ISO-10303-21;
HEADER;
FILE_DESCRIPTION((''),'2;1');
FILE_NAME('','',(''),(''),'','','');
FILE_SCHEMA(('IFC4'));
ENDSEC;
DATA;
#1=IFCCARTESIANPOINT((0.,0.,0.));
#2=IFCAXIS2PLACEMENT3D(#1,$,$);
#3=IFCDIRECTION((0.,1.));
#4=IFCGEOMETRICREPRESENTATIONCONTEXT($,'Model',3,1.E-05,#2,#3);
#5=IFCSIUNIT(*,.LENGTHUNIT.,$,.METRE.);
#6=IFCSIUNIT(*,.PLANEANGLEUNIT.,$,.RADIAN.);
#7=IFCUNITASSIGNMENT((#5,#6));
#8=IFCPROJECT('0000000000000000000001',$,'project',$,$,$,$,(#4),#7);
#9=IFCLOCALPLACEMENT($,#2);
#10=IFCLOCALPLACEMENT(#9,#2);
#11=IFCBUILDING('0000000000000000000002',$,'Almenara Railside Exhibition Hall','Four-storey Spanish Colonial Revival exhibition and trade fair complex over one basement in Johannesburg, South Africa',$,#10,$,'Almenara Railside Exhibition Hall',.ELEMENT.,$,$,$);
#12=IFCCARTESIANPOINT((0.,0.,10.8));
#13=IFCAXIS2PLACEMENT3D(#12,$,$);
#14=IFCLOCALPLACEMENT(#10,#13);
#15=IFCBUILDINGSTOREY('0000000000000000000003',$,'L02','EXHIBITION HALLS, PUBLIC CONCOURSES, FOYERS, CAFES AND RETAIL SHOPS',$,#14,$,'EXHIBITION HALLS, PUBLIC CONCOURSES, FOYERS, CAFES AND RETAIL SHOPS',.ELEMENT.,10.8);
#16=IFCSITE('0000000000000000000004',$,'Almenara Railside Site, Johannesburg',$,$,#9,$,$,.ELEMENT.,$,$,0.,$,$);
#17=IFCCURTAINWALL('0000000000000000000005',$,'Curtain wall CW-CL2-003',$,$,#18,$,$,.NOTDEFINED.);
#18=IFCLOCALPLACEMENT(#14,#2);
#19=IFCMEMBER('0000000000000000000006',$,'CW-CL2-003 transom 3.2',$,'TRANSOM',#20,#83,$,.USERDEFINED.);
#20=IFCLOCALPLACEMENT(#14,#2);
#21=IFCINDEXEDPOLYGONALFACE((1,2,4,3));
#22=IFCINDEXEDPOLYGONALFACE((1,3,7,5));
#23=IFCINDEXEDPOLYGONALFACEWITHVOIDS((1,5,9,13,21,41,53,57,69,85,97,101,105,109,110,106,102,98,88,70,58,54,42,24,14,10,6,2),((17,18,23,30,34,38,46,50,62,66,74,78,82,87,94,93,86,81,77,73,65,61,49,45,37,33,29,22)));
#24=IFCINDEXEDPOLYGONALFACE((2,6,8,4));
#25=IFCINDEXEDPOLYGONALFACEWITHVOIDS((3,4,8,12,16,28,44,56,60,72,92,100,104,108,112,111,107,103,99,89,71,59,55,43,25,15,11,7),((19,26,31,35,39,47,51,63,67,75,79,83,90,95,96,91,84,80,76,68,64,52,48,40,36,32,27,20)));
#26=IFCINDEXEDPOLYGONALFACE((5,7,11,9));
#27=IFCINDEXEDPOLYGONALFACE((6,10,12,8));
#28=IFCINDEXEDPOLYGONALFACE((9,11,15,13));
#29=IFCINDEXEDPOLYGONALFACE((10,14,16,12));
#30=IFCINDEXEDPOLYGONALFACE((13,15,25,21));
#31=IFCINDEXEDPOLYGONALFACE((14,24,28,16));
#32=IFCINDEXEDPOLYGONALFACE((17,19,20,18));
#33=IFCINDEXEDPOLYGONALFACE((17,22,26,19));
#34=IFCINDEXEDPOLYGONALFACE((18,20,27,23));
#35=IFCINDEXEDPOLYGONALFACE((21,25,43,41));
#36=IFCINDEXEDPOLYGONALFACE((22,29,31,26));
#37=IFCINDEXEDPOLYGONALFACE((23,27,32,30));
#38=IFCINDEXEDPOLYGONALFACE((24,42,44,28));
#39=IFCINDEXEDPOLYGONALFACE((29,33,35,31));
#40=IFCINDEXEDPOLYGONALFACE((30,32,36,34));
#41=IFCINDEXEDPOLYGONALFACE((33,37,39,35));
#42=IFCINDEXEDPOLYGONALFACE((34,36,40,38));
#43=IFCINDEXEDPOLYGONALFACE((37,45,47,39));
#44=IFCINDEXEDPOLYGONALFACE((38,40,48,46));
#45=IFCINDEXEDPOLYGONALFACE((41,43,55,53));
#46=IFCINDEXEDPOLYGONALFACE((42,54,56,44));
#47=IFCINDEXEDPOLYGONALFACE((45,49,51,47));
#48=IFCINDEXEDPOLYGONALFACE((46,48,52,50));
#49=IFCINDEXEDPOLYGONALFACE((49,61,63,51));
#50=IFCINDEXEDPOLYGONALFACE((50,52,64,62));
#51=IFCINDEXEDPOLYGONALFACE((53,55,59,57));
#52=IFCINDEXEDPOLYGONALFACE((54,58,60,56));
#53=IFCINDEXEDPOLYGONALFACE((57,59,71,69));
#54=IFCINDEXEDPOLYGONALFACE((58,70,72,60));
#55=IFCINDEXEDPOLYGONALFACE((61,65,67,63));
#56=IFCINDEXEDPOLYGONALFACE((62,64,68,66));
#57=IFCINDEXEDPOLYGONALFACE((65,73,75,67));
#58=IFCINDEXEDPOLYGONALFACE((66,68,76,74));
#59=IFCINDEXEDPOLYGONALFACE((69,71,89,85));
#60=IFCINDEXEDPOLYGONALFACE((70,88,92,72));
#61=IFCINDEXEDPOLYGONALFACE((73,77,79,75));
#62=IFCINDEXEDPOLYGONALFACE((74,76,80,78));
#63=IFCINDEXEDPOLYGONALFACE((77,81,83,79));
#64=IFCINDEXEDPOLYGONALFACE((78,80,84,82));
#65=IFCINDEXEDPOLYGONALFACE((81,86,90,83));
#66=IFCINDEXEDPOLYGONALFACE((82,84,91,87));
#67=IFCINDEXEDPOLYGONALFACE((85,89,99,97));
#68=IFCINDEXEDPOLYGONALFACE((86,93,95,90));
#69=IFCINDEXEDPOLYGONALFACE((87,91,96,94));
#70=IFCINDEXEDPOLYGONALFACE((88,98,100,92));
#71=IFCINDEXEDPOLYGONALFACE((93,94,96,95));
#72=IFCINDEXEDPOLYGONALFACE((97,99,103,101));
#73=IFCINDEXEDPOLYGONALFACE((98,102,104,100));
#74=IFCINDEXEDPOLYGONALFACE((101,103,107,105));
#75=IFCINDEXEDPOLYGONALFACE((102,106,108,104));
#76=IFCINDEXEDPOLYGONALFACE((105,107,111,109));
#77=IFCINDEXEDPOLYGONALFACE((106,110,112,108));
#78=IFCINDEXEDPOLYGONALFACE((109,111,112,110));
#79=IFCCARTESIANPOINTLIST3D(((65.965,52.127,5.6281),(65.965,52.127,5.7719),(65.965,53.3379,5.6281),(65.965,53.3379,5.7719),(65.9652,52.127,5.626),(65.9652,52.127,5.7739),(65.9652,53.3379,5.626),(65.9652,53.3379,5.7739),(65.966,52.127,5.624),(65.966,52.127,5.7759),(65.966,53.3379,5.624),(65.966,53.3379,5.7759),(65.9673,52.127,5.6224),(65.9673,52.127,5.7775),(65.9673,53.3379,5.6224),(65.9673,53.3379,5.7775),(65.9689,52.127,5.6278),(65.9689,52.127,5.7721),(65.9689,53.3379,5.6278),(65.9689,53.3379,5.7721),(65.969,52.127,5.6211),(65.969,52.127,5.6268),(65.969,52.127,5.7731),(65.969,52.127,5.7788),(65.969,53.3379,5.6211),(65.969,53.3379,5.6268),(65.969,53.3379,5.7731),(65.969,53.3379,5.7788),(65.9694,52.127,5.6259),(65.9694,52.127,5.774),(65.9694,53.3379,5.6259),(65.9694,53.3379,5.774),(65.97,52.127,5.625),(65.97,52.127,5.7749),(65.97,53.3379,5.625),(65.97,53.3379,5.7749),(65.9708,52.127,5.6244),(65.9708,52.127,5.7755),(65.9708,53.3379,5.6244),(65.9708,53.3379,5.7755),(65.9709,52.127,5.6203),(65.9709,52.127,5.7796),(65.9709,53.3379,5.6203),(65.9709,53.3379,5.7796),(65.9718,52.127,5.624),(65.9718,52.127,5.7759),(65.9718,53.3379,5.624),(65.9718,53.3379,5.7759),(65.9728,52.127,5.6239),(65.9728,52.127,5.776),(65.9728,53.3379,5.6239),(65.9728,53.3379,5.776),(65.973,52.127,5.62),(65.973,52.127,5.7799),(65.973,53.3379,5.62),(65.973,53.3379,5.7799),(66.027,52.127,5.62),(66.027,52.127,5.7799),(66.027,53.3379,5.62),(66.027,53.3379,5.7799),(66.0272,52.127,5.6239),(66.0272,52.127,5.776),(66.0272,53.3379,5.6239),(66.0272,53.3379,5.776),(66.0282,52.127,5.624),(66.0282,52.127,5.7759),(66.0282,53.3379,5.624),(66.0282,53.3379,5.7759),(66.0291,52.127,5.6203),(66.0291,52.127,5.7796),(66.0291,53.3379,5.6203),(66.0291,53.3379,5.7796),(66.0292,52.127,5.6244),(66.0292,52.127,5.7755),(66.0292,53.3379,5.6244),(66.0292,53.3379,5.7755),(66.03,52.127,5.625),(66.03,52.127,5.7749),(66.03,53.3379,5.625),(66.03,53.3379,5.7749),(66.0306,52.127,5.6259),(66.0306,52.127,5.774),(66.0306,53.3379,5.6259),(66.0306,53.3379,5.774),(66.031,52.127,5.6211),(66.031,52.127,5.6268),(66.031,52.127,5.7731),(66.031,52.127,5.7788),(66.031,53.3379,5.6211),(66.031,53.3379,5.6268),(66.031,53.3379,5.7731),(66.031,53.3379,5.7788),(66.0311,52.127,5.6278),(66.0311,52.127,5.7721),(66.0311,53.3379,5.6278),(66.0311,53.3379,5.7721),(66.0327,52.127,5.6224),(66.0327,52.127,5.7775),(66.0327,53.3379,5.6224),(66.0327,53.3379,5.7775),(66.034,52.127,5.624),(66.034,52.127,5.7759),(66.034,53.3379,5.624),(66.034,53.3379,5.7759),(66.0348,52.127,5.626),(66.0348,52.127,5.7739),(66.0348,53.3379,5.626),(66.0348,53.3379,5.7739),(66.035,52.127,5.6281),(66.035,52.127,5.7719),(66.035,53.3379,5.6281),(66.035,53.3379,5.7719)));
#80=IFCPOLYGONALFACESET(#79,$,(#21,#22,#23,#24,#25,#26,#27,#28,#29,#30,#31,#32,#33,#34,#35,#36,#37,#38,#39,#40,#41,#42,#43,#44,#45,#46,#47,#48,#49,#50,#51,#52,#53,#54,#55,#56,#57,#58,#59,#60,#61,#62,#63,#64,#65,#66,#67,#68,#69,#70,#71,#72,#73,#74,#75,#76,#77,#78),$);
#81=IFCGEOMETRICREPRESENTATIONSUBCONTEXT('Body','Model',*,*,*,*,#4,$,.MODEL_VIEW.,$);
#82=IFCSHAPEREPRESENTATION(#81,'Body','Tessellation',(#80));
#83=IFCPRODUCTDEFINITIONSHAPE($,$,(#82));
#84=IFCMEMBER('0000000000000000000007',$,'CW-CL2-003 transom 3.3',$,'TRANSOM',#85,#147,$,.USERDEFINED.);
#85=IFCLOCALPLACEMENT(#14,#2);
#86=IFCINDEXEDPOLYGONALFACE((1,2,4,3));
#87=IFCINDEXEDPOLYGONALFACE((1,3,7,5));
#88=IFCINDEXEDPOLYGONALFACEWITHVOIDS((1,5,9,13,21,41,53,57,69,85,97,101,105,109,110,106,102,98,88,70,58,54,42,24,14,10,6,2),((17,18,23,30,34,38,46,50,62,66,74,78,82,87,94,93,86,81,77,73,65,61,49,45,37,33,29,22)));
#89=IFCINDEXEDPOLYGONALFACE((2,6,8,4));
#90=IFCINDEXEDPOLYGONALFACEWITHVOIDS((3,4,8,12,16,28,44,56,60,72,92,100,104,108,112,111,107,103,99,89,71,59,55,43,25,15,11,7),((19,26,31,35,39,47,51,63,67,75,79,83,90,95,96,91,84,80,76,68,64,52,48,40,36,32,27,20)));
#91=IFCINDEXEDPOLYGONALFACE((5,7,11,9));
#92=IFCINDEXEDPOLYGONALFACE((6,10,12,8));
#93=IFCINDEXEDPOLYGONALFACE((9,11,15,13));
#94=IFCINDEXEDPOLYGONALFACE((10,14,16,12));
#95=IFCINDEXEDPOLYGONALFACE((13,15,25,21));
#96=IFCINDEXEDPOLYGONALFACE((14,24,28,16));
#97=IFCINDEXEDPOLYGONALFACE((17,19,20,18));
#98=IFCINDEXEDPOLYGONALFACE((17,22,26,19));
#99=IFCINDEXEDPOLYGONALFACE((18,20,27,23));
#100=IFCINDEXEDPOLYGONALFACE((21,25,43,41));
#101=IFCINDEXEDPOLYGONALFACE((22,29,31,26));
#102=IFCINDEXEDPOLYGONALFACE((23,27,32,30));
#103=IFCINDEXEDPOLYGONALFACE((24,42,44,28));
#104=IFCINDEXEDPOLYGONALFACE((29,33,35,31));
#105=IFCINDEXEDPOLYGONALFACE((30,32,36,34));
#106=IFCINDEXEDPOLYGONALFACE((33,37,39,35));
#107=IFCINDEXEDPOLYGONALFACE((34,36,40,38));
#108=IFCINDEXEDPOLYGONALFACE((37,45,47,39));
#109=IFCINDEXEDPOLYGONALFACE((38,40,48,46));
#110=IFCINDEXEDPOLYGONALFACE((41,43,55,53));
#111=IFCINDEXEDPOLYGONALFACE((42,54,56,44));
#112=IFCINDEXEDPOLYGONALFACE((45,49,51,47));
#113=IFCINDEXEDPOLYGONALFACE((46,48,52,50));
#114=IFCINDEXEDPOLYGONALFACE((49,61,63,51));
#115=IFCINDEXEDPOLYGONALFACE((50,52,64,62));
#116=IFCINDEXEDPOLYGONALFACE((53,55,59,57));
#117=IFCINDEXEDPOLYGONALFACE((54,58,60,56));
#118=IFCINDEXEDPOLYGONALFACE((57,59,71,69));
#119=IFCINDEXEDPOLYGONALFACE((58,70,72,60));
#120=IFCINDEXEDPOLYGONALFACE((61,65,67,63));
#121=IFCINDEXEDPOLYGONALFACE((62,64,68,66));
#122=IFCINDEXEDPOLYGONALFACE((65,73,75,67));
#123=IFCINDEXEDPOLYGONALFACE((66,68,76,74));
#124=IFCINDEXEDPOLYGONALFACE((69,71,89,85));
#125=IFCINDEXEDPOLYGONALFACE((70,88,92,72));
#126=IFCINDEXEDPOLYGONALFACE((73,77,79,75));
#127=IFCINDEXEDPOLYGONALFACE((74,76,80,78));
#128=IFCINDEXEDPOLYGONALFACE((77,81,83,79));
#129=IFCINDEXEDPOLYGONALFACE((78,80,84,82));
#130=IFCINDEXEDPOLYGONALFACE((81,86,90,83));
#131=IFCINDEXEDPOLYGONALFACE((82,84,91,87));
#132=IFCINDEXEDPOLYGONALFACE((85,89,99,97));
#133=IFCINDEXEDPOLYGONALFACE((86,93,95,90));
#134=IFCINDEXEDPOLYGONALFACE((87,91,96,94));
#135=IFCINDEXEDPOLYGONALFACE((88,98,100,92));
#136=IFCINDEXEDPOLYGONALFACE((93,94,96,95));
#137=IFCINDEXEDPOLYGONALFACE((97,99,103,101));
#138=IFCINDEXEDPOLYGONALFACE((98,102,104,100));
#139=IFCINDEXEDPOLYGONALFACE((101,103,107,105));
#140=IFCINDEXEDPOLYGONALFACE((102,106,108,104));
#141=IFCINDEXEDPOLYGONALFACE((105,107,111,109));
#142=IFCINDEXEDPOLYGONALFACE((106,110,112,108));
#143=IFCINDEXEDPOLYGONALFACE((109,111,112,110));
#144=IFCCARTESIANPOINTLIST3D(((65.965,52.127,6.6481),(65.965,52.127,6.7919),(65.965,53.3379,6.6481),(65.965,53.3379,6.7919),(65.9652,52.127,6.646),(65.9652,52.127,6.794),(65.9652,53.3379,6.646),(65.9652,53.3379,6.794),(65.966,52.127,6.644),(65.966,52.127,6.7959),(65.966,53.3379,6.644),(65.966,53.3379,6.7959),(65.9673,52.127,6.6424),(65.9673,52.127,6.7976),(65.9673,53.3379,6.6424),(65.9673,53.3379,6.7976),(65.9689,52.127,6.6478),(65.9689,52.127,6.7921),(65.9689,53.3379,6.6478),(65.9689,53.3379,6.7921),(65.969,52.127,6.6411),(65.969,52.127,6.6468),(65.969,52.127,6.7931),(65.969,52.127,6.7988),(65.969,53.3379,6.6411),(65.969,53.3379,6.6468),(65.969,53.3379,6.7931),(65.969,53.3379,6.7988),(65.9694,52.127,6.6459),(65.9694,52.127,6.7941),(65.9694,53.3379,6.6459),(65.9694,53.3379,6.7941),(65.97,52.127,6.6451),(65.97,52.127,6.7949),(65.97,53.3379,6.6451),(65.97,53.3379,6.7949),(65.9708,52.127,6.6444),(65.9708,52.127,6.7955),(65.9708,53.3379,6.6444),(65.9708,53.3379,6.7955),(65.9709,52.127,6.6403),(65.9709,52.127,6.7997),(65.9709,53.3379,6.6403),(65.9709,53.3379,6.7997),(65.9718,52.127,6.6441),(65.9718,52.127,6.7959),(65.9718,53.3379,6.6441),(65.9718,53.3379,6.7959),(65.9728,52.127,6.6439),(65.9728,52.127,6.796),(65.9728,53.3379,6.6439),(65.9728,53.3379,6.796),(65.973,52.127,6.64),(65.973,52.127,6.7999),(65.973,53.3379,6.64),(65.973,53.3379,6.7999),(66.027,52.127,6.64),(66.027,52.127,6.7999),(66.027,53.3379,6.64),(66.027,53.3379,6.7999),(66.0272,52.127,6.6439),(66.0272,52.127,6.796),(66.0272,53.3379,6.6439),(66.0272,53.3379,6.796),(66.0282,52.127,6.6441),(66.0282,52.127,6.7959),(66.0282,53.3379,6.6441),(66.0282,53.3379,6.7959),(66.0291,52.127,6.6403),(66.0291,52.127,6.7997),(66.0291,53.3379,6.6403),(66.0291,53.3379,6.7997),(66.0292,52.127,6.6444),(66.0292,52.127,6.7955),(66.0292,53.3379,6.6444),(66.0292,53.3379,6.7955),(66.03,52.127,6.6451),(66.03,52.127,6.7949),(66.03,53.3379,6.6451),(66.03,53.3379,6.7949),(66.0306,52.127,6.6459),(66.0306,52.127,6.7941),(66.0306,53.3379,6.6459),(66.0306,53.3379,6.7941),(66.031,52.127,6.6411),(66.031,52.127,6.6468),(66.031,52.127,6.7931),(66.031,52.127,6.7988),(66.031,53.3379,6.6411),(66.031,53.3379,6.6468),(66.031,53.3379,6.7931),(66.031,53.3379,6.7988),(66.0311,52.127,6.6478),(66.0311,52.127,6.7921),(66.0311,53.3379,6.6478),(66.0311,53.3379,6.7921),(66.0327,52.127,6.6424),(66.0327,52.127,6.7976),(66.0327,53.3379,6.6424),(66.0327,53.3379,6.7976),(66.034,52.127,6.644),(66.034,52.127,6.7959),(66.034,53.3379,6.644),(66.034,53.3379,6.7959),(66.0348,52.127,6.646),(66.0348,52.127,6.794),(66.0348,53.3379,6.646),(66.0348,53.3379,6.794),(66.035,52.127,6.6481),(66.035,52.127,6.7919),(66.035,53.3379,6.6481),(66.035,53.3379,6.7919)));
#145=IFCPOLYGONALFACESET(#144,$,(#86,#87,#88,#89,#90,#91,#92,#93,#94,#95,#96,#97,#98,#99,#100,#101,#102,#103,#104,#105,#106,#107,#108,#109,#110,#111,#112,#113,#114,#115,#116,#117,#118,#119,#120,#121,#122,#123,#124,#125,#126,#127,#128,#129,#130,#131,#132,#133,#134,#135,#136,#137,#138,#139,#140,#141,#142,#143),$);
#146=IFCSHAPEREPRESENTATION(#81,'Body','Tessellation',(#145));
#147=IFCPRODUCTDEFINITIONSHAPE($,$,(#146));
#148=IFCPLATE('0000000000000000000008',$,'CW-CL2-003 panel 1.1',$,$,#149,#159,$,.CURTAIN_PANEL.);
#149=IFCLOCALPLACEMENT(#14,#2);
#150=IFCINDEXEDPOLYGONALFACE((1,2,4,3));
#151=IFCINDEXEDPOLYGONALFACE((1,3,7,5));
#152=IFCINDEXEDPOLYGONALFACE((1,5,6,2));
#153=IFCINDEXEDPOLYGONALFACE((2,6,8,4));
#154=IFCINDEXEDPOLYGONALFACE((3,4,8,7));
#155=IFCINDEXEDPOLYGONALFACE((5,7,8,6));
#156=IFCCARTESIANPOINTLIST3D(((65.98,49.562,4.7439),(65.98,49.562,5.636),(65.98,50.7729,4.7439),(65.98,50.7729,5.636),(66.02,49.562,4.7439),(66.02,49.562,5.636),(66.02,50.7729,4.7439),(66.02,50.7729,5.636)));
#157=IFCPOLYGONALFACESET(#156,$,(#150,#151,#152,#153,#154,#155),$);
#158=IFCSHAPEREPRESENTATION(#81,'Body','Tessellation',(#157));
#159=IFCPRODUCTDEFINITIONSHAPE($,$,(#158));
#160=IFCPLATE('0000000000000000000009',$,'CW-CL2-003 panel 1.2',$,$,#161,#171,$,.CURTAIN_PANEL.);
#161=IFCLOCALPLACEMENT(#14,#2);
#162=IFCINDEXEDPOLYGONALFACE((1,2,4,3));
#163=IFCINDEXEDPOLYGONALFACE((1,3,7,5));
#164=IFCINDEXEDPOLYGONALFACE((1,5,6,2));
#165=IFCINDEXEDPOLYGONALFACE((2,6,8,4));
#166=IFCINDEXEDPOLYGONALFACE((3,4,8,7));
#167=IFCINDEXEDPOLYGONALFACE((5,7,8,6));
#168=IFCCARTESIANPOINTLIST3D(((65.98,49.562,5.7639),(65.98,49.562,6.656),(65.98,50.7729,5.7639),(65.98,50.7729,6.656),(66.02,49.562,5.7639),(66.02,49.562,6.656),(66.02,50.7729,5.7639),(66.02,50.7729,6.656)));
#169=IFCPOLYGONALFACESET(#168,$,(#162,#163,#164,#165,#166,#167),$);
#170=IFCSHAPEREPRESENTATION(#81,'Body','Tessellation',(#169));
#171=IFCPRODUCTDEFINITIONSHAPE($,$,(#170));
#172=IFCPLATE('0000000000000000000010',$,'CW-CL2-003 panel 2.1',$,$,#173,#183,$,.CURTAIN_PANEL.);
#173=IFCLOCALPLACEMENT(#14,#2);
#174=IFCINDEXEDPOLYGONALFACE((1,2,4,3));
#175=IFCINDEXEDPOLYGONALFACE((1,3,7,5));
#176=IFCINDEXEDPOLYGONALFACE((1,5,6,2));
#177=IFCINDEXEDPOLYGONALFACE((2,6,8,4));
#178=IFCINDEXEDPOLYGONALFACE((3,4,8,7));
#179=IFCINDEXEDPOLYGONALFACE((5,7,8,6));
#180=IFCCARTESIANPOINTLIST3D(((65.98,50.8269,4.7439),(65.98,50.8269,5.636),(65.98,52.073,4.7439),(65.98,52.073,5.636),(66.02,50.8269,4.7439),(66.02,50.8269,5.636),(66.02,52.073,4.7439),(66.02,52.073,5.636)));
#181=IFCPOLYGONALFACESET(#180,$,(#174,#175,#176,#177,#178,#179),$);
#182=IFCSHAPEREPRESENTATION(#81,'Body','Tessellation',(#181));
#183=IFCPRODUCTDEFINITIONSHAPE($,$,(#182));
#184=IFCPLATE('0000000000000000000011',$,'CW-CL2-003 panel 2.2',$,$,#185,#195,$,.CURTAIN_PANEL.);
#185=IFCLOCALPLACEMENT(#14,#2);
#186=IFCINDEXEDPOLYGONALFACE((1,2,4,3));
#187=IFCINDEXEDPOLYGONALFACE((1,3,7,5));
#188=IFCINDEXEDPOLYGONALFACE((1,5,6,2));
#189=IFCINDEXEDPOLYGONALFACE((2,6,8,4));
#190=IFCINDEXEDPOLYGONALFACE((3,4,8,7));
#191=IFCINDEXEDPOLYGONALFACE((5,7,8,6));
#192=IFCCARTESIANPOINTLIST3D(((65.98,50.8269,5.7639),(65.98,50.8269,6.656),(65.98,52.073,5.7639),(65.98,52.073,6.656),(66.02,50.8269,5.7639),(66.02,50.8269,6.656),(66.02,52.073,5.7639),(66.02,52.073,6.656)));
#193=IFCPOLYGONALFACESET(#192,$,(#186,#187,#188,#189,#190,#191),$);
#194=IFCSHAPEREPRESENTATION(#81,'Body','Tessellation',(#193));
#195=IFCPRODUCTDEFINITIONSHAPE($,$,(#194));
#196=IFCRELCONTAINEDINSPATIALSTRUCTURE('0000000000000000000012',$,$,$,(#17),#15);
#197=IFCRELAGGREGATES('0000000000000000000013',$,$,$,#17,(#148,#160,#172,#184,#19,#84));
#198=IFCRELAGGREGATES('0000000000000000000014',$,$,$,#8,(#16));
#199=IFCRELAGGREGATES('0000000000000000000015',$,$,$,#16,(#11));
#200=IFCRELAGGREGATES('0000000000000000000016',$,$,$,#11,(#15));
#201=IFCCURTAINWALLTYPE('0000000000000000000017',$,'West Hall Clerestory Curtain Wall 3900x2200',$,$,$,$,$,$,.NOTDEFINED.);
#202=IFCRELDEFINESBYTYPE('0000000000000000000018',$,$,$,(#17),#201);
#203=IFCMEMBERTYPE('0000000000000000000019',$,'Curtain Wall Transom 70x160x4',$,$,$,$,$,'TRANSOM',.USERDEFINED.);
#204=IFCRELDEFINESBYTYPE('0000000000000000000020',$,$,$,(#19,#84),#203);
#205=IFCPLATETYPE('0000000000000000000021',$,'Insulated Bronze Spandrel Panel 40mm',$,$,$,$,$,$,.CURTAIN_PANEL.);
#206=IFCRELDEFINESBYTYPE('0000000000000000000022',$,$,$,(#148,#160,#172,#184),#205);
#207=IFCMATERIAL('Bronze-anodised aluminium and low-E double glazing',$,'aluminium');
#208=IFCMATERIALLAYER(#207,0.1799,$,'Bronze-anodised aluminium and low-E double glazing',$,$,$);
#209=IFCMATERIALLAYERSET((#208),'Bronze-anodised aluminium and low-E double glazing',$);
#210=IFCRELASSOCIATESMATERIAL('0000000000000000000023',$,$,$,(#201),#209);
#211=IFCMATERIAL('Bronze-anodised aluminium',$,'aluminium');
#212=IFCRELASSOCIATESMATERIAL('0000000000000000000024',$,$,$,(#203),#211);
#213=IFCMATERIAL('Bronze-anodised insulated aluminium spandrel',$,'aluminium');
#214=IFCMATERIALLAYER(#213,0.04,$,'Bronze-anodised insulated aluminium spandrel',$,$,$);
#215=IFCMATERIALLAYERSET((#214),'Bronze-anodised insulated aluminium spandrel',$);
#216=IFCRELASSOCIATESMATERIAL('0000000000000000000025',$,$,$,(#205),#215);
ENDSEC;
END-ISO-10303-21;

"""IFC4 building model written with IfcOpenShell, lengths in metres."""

from ifc_helpers import new_model, si_unit, direction, frame, origin, origin_2d, place, context, subcontext, project, spatial, rectangle, hollow_rectangle, extrude, material, layer, layer_set, material_profile, profile_set, type_object, element, aggregate, save


model = new_model("IFC4")

# Units and contexts
model_context = context("Model", 3, precision=1e-05, world=origin(), true_north=direction((0.0, 1.0)))
body_context = subcontext(model_context, "Body", "Model", "MODEL_VIEW")
ifc_project = project(units=[si_unit("LENGTHUNIT", "METRE"), si_unit("PLANEANGLEUNIT", "RADIAN")], contexts=[model_context])

# Site, building, storey
site_placement = place(None, origin())
site = spatial("IfcSite", under=ifc_project, at=site_placement, Name="Almenara Railside Site, Johannesburg", CompositionType="ELEMENT", RefElevation=0.0)
building_placement = place(site_placement, origin())
building = spatial("IfcBuilding", under=site, at=building_placement, Name="Almenara Railside Exhibition Hall", Description="Four-storey Spanish Colonial Revival exhibition and trade fair complex over one basement in Johannesburg, South Africa", LongName="Almenara Railside Exhibition Hall", CompositionType="ELEMENT")
storey_placement = place(building_placement, frame((0.0, 0.0, 10.8)))
storey = spatial("IfcBuildingStorey", under=building, at=storey_placement, Name="L02", Description="EXHIBITION HALLS, PUBLIC CONCOURSES, FOYERS, CAFES AND RETAIL SHOPS", LongName="EXHIBITION HALLS, PUBLIC CONCOURSES, FOYERS, CAFES AND RETAIL SHOPS", CompositionType="ELEMENT", Elevation=10.8)

# Curtain wall, members, plates
ifc_material_1 = material(Name="Bronze-anodised aluminium and low-E double glazing", Category="aluminium")
ifc_layer_1 = layer(ifc_material_1, 0.1799, Name="Bronze-anodised aluminium and low-E double glazing")
ifc_layer_set_1 = layer_set([ifc_layer_1], Name="Bronze-anodised aluminium and low-E double glazing")
curtain_wall_type = type_object("IfcCurtainWallType", Name="West Hall Clerestory Curtain Wall 3900x2200", PredefinedType="NOTDEFINED", material=ifc_layer_set_1)
curtain_wall_placement = place(storey_placement, origin())
curtain_wall = element("IfcCurtainWall", 1, at=curtain_wall_placement, inside=storey, type_object=curtain_wall_type, Name="Curtain wall CW-CL2-003", PredefinedType="NOTDEFINED")
ifc_material_2 = material(Name="Bronze-anodised aluminium", Category="aluminium")
ifc_material_profile_1 = material_profile(ifc_material_2, hollow_rectangle(XDim=0.0701, YDim=0.1599, WallThickness=0.0039, InnerFilletRadius=0.0039, OuterFilletRadius=0.0081, at=origin_2d()), Name="ALU-TRN 70x160x4")
ifc_profile_set_1 = profile_set([ifc_material_profile_1], Name="Bronze-anodised aluminium")
member_type_1 = type_object("IfcMemberType", Name="Curtain Wall Transom 70x160x4", ElementType="TRANSOM", PredefinedType="USERDEFINED", material=ifc_profile_set_1)
member_1_placement = place(storey_placement, frame((66.0, 52.127, 5.7), z_axis=(0.0, 1.0, 0.0), x_axis=(-1.0, 0.0, 0.0)))
member_1 = element("IfcMember", 2, at=member_1_placement, type_object=member_type_1, Name="CW-CL2-003 transom 3.2", ObjectType="TRANSOM", PredefinedType="USERDEFINED", context=body_context, shape_type="SweptSolid", body=[
    extrude(hollow_rectangle(XDim=0.0701, YDim=0.1599, WallThickness=0.0039, InnerFilletRadius=0.0039, OuterFilletRadius=0.0081, at=origin_2d()), origin(), (0.0, 0.0, 1.0), 1.2109),
])
member_2_placement = place(storey_placement, frame((66.0, 52.127, 6.72), z_axis=(0.0, 1.0, 0.0), x_axis=(-1.0, 0.0, 0.0)))
member_2 = element("IfcMember", 3, at=member_2_placement, type_object=member_type_1, Name="CW-CL2-003 transom 3.3", ObjectType="TRANSOM", PredefinedType="USERDEFINED", context=body_context, shape_type="SweptSolid", body=[
    extrude(hollow_rectangle(XDim=0.0701, YDim=0.1599, WallThickness=0.0039, InnerFilletRadius=0.0039, OuterFilletRadius=0.0081, at=origin_2d()), origin(), (0.0, 0.0, 1.0), 1.2109),
])
ifc_material_3 = material(Name="Bronze-anodised insulated aluminium spandrel", Category="aluminium")
ifc_layer_2 = layer(ifc_material_3, 0.04, Name="Bronze-anodised insulated aluminium spandrel")
ifc_layer_set_2 = layer_set([ifc_layer_2], Name="Bronze-anodised insulated aluminium spandrel")
plate_type = type_object("IfcPlateType", Name="Insulated Bronze Spandrel Panel 40mm", PredefinedType="CURTAIN_PANEL", material=ifc_layer_set_2)
plate_1_placement = place(storey_placement, frame((66.0, 50.1675, 4.7439), z_axis=(0.0, 0.0, 1.0), x_axis=(0.0, 1.0, 0.0)))
plate_1 = element("IfcPlate", 4, at=plate_1_placement, type_object=plate_type, Name="CW-CL2-003 panel 1.1", PredefinedType="CURTAIN_PANEL", context=body_context, shape_type="SweptSolid", body=[
    extrude(rectangle(XDim=1.2109, YDim=0.04, at=origin_2d()), origin(), (0.0, 0.0, 1.0), 0.8921),
])
plate_2_placement = place(storey_placement, frame((66.0, 50.1675, 5.7639), z_axis=(0.0, 0.0, 1.0), x_axis=(0.0, 1.0, 0.0)))
plate_2 = element("IfcPlate", 5, at=plate_2_placement, type_object=plate_type, Name="CW-CL2-003 panel 1.2", PredefinedType="CURTAIN_PANEL", context=body_context, shape_type="SweptSolid", body=[
    extrude(rectangle(XDim=1.2109, YDim=0.04, at=origin_2d()), origin(), (0.0, 0.0, 1.0), 0.8921),
])
plate_3_placement = place(storey_placement, frame((66.0, 51.45, 4.7439), z_axis=(0.0, 0.0, 1.0), x_axis=(0.0, 1.0, 0.0)))
plate_3 = element("IfcPlate", 6, at=plate_3_placement, type_object=plate_type, Name="CW-CL2-003 panel 2.1", PredefinedType="CURTAIN_PANEL", context=body_context, shape_type="SweptSolid", body=[
    extrude(rectangle(XDim=1.2461, YDim=0.04, at=origin_2d()), origin(), (0.0, 0.0, 1.0), 0.8921),
])
plate_4_placement = place(storey_placement, frame((66.0, 51.45, 5.7639), z_axis=(0.0, 0.0, 1.0), x_axis=(0.0, 1.0, 0.0)))
plate_4 = element("IfcPlate", 7, at=plate_4_placement, type_object=plate_type, Name="CW-CL2-003 panel 2.2", PredefinedType="CURTAIN_PANEL", context=body_context, shape_type="SweptSolid", body=[
    extrude(rectangle(XDim=1.2461, YDim=0.04, at=origin_2d()), origin(), (0.0, 0.0, 1.0), 0.8921),
])
aggregate(curtain_wall, [plate_1, plate_2, plate_3, plate_4, member_1, member_2])

save(model, "model.ifc")
